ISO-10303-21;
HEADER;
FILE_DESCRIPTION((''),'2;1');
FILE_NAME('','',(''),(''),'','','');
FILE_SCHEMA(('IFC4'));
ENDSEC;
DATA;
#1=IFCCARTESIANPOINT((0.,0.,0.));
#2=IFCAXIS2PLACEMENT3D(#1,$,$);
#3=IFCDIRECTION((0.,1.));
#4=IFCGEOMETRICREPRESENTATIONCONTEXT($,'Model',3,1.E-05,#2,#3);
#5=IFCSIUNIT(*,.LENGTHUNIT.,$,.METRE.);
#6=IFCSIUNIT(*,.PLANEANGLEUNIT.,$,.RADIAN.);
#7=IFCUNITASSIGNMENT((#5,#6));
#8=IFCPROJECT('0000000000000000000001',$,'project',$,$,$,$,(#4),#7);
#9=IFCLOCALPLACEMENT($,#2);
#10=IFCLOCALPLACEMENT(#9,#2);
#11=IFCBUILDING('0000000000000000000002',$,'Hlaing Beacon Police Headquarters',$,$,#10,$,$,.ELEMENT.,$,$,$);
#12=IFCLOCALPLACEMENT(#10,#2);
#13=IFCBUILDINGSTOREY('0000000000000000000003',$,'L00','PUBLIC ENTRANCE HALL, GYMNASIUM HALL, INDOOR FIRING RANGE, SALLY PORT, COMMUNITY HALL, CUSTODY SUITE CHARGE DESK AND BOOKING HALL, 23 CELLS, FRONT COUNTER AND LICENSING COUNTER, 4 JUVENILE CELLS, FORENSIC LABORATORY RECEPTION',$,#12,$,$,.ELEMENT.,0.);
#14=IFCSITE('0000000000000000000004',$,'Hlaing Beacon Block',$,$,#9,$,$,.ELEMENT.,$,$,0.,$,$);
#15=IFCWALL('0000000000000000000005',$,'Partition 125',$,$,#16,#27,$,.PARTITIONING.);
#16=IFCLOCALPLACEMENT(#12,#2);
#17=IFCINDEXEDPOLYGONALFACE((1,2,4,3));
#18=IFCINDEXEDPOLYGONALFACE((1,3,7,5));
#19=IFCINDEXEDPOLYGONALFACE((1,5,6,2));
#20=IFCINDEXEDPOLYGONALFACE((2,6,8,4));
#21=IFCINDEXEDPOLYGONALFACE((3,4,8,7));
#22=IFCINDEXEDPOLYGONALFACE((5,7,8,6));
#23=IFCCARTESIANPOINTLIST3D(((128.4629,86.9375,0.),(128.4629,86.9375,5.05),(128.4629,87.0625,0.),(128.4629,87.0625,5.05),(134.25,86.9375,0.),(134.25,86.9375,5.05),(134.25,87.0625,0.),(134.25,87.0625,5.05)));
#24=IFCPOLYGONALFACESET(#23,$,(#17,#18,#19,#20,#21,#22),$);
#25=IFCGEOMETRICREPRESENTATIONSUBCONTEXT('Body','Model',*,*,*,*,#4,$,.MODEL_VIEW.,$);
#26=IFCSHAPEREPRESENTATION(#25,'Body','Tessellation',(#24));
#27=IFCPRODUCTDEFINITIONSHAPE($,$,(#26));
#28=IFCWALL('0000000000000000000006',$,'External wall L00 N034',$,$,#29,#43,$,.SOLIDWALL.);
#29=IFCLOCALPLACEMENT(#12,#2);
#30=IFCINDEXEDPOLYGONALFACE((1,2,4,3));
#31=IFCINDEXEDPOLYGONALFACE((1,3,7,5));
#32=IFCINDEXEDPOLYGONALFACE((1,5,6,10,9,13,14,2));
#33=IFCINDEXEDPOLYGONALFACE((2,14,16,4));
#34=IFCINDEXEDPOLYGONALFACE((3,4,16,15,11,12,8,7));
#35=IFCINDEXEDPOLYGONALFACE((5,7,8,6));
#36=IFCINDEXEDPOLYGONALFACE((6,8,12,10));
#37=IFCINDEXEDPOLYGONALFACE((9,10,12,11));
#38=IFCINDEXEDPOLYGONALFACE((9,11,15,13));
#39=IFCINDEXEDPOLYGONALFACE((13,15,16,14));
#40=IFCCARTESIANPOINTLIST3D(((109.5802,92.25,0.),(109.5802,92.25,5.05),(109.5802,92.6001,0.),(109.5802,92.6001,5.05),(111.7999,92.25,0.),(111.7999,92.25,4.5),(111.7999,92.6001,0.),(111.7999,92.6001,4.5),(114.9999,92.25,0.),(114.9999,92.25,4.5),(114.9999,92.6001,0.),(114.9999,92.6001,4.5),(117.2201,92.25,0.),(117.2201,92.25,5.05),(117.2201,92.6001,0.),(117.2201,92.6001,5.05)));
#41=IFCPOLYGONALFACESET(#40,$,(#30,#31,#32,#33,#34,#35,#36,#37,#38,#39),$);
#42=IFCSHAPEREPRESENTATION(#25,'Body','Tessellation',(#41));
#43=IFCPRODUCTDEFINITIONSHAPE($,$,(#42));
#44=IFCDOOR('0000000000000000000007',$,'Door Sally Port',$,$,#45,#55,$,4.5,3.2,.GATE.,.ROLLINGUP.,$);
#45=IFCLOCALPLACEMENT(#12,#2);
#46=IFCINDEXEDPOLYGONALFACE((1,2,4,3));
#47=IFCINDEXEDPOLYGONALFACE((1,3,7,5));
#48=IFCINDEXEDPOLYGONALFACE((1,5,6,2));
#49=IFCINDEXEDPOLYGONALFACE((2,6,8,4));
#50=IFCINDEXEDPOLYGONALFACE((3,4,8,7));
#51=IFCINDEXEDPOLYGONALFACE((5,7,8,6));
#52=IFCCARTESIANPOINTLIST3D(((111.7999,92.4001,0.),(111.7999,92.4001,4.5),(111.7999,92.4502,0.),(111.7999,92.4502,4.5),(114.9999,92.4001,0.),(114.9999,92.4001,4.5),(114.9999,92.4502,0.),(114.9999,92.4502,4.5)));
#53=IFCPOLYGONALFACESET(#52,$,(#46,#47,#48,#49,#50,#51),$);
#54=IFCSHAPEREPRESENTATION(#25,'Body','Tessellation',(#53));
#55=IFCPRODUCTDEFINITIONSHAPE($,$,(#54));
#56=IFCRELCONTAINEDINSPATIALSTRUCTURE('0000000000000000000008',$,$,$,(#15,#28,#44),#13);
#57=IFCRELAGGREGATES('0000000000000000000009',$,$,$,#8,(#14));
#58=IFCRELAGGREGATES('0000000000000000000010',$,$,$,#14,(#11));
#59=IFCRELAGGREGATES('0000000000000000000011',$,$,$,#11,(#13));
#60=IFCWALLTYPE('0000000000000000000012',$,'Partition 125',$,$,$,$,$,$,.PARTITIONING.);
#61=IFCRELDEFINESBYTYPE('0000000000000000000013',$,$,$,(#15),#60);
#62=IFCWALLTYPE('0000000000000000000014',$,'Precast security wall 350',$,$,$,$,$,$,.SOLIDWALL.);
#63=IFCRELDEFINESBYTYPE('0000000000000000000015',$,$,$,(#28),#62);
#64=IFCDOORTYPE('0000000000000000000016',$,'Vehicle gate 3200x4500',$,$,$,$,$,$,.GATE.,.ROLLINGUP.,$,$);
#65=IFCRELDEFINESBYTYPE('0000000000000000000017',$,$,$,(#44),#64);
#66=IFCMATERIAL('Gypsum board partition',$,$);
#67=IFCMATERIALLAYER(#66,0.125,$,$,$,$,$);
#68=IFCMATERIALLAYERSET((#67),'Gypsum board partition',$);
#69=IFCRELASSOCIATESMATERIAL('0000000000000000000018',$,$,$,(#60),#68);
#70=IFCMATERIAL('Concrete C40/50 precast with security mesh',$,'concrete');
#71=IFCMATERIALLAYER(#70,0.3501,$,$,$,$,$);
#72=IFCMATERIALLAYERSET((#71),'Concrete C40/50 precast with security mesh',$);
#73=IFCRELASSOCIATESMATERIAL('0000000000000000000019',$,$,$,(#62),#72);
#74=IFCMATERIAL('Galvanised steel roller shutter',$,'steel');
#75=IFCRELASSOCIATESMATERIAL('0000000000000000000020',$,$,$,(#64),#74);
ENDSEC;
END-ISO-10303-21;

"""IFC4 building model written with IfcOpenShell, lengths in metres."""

from ifc_helpers import new_model, si_unit, direction, frame, frame_2d, origin, place, context, subcontext, project, spatial, rectangle, extrude, material, layer, layer_set, type_object, element, fill, save


model = new_model("IFC4")

# Units and contexts
model_context = context("Model", 3, precision=1e-05, world=origin(), true_north=direction((0.0, 1.0)))
body_context = subcontext(model_context, "Body", "Model", "MODEL_VIEW")
ifc_project = project(units=[si_unit("LENGTHUNIT", "METRE"), si_unit("PLANEANGLEUNIT", "RADIAN")], contexts=[model_context])

# Site, building, storey
site_placement = place(None, origin())
site = spatial("IfcSite", under=ifc_project, at=site_placement, Name="Hlaing Beacon Block", CompositionType="ELEMENT", RefElevation=0.0)
building_placement = place(site_placement, origin())
building = spatial("IfcBuilding", under=site, at=building_placement, Name="Hlaing Beacon Police Headquarters", CompositionType="ELEMENT")
storey_placement = place(building_placement, origin())
storey = spatial("IfcBuildingStorey", under=building, at=storey_placement, Name="L00", Description="PUBLIC ENTRANCE HALL, GYMNASIUM HALL, INDOOR FIRING RANGE, SALLY PORT, COMMUNITY HALL, CUSTODY SUITE CHARGE DESK AND BOOKING HALL, 23 CELLS, FRONT COUNTER AND LICENSING COUNTER, 4 JUVENILE CELLS, FORENSIC LABORATORY RECEPTION", CompositionType="ELEMENT", Elevation=0.0)

# Shared definitions
ifc_material_1 = material(Name="Gypsum board partition")
ifc_layer_1 = layer(ifc_material_1, 0.125)
ifc_layer_set_1 = layer_set([ifc_layer_1], Name="Gypsum board partition")
wall_type_1 = type_object("IfcWallType", Name="Partition 125", PredefinedType="PARTITIONING", material=ifc_layer_set_1)

# Wall
wall_1_placement = place(storey_placement, frame((128.4629, 87.0, 0.0), z_axis=(0.0, 0.0, 1.0), x_axis=(1.0, 0.0, 0.0)))
element("IfcWall", 1, at=wall_1_placement, inside=storey, type_object=wall_type_1, Name="Partition 125", PredefinedType="PARTITIONING", context=body_context, shape_type="SweptSolid", body=[
    extrude(rectangle(XDim=5.7871, YDim=0.125, at=frame_2d((2.8936, 0.0))), origin(), (0.0, 0.0, 1.0), 5.05),
])

# Wall, opening, door
ifc_material_2 = material(Name="Concrete C40/50 precast with security mesh", Category="concrete")
ifc_layer_2 = layer(ifc_material_2, 0.3501)
ifc_layer_set_2 = layer_set([ifc_layer_2], Name="Concrete C40/50 precast with security mesh")
wall_type_2 = type_object("IfcWallType", Name="Precast security wall 350", PredefinedType="SOLIDWALL", material=ifc_layer_set_2)
wall_2_placement = place(storey_placement, frame((117.22, 92.425, 0.0), z_axis=(0.0, 0.0, 1.0), x_axis=(-1.0, 0.0, 0.0)))
wall_2 = element("IfcWall", 2, at=wall_2_placement, inside=storey, type_object=wall_type_2, Name="External wall L00 N034", PredefinedType="SOLIDWALL", context=body_context, shape_type="SweptSolid", body=[
    extrude(rectangle(XDim=7.6399, YDim=0.3501, at=frame_2d((3.8198, 0.0))), origin(), (0.0, 0.0, 1.0), 5.05),
])
opening_1_placement = place(wall_2_placement, frame((2.22, 0.0, 0.0)))
opening_1 = element("IfcOpeningElement", 3, at=opening_1_placement, cuts=wall_2, PredefinedType="OPENING", context=body_context, shape_type="SweptSolid", body=[
    extrude(rectangle(XDim=3.2, YDim=4.5, at=frame_2d((1.6001, 2.25))), frame((0.0, 0.1851, 0.0), z_axis=(0.0, -1.0, 0.0), x_axis=(1.0, 0.0, 0.0)), (0.0, 0.0, 1.0), 0.3701),
])
ifc_material_3 = material(Name="Galvanised steel roller shutter", Category="steel")
door_type_1 = type_object("IfcDoorType", Name="Vehicle gate 3200x4500", OperationType="ROLLINGUP", PredefinedType="GATE", material=ifc_material_3)
door_1_placement = place(opening_1_placement, frame((3.2, 0.0, 0.0), z_axis=(0.0, 0.0, 1.0), x_axis=(-1.0, 0.0, 0.0)))
door_1 = element("IfcDoor", 4, at=door_1_placement, inside=storey, type_object=door_type_1, Name="Door Sally Port", OperationType="ROLLINGUP", OverallHeight=4.5, OverallWidth=3.2, PredefinedType="GATE", context=body_context, shape_type="SweptSolid", body=[
    extrude(rectangle(XDim=3.2, YDim=4.5, at=frame_2d((1.5999, 2.25))), frame((0.0, 0.0251, 0.0), z_axis=(0.0, -1.0, 0.0), x_axis=(1.0, 0.0, 0.0)), (0.0, 0.0, 1.0), 0.05),
])
fill(opening_1, door_1)

save(model, "model.ifc")
